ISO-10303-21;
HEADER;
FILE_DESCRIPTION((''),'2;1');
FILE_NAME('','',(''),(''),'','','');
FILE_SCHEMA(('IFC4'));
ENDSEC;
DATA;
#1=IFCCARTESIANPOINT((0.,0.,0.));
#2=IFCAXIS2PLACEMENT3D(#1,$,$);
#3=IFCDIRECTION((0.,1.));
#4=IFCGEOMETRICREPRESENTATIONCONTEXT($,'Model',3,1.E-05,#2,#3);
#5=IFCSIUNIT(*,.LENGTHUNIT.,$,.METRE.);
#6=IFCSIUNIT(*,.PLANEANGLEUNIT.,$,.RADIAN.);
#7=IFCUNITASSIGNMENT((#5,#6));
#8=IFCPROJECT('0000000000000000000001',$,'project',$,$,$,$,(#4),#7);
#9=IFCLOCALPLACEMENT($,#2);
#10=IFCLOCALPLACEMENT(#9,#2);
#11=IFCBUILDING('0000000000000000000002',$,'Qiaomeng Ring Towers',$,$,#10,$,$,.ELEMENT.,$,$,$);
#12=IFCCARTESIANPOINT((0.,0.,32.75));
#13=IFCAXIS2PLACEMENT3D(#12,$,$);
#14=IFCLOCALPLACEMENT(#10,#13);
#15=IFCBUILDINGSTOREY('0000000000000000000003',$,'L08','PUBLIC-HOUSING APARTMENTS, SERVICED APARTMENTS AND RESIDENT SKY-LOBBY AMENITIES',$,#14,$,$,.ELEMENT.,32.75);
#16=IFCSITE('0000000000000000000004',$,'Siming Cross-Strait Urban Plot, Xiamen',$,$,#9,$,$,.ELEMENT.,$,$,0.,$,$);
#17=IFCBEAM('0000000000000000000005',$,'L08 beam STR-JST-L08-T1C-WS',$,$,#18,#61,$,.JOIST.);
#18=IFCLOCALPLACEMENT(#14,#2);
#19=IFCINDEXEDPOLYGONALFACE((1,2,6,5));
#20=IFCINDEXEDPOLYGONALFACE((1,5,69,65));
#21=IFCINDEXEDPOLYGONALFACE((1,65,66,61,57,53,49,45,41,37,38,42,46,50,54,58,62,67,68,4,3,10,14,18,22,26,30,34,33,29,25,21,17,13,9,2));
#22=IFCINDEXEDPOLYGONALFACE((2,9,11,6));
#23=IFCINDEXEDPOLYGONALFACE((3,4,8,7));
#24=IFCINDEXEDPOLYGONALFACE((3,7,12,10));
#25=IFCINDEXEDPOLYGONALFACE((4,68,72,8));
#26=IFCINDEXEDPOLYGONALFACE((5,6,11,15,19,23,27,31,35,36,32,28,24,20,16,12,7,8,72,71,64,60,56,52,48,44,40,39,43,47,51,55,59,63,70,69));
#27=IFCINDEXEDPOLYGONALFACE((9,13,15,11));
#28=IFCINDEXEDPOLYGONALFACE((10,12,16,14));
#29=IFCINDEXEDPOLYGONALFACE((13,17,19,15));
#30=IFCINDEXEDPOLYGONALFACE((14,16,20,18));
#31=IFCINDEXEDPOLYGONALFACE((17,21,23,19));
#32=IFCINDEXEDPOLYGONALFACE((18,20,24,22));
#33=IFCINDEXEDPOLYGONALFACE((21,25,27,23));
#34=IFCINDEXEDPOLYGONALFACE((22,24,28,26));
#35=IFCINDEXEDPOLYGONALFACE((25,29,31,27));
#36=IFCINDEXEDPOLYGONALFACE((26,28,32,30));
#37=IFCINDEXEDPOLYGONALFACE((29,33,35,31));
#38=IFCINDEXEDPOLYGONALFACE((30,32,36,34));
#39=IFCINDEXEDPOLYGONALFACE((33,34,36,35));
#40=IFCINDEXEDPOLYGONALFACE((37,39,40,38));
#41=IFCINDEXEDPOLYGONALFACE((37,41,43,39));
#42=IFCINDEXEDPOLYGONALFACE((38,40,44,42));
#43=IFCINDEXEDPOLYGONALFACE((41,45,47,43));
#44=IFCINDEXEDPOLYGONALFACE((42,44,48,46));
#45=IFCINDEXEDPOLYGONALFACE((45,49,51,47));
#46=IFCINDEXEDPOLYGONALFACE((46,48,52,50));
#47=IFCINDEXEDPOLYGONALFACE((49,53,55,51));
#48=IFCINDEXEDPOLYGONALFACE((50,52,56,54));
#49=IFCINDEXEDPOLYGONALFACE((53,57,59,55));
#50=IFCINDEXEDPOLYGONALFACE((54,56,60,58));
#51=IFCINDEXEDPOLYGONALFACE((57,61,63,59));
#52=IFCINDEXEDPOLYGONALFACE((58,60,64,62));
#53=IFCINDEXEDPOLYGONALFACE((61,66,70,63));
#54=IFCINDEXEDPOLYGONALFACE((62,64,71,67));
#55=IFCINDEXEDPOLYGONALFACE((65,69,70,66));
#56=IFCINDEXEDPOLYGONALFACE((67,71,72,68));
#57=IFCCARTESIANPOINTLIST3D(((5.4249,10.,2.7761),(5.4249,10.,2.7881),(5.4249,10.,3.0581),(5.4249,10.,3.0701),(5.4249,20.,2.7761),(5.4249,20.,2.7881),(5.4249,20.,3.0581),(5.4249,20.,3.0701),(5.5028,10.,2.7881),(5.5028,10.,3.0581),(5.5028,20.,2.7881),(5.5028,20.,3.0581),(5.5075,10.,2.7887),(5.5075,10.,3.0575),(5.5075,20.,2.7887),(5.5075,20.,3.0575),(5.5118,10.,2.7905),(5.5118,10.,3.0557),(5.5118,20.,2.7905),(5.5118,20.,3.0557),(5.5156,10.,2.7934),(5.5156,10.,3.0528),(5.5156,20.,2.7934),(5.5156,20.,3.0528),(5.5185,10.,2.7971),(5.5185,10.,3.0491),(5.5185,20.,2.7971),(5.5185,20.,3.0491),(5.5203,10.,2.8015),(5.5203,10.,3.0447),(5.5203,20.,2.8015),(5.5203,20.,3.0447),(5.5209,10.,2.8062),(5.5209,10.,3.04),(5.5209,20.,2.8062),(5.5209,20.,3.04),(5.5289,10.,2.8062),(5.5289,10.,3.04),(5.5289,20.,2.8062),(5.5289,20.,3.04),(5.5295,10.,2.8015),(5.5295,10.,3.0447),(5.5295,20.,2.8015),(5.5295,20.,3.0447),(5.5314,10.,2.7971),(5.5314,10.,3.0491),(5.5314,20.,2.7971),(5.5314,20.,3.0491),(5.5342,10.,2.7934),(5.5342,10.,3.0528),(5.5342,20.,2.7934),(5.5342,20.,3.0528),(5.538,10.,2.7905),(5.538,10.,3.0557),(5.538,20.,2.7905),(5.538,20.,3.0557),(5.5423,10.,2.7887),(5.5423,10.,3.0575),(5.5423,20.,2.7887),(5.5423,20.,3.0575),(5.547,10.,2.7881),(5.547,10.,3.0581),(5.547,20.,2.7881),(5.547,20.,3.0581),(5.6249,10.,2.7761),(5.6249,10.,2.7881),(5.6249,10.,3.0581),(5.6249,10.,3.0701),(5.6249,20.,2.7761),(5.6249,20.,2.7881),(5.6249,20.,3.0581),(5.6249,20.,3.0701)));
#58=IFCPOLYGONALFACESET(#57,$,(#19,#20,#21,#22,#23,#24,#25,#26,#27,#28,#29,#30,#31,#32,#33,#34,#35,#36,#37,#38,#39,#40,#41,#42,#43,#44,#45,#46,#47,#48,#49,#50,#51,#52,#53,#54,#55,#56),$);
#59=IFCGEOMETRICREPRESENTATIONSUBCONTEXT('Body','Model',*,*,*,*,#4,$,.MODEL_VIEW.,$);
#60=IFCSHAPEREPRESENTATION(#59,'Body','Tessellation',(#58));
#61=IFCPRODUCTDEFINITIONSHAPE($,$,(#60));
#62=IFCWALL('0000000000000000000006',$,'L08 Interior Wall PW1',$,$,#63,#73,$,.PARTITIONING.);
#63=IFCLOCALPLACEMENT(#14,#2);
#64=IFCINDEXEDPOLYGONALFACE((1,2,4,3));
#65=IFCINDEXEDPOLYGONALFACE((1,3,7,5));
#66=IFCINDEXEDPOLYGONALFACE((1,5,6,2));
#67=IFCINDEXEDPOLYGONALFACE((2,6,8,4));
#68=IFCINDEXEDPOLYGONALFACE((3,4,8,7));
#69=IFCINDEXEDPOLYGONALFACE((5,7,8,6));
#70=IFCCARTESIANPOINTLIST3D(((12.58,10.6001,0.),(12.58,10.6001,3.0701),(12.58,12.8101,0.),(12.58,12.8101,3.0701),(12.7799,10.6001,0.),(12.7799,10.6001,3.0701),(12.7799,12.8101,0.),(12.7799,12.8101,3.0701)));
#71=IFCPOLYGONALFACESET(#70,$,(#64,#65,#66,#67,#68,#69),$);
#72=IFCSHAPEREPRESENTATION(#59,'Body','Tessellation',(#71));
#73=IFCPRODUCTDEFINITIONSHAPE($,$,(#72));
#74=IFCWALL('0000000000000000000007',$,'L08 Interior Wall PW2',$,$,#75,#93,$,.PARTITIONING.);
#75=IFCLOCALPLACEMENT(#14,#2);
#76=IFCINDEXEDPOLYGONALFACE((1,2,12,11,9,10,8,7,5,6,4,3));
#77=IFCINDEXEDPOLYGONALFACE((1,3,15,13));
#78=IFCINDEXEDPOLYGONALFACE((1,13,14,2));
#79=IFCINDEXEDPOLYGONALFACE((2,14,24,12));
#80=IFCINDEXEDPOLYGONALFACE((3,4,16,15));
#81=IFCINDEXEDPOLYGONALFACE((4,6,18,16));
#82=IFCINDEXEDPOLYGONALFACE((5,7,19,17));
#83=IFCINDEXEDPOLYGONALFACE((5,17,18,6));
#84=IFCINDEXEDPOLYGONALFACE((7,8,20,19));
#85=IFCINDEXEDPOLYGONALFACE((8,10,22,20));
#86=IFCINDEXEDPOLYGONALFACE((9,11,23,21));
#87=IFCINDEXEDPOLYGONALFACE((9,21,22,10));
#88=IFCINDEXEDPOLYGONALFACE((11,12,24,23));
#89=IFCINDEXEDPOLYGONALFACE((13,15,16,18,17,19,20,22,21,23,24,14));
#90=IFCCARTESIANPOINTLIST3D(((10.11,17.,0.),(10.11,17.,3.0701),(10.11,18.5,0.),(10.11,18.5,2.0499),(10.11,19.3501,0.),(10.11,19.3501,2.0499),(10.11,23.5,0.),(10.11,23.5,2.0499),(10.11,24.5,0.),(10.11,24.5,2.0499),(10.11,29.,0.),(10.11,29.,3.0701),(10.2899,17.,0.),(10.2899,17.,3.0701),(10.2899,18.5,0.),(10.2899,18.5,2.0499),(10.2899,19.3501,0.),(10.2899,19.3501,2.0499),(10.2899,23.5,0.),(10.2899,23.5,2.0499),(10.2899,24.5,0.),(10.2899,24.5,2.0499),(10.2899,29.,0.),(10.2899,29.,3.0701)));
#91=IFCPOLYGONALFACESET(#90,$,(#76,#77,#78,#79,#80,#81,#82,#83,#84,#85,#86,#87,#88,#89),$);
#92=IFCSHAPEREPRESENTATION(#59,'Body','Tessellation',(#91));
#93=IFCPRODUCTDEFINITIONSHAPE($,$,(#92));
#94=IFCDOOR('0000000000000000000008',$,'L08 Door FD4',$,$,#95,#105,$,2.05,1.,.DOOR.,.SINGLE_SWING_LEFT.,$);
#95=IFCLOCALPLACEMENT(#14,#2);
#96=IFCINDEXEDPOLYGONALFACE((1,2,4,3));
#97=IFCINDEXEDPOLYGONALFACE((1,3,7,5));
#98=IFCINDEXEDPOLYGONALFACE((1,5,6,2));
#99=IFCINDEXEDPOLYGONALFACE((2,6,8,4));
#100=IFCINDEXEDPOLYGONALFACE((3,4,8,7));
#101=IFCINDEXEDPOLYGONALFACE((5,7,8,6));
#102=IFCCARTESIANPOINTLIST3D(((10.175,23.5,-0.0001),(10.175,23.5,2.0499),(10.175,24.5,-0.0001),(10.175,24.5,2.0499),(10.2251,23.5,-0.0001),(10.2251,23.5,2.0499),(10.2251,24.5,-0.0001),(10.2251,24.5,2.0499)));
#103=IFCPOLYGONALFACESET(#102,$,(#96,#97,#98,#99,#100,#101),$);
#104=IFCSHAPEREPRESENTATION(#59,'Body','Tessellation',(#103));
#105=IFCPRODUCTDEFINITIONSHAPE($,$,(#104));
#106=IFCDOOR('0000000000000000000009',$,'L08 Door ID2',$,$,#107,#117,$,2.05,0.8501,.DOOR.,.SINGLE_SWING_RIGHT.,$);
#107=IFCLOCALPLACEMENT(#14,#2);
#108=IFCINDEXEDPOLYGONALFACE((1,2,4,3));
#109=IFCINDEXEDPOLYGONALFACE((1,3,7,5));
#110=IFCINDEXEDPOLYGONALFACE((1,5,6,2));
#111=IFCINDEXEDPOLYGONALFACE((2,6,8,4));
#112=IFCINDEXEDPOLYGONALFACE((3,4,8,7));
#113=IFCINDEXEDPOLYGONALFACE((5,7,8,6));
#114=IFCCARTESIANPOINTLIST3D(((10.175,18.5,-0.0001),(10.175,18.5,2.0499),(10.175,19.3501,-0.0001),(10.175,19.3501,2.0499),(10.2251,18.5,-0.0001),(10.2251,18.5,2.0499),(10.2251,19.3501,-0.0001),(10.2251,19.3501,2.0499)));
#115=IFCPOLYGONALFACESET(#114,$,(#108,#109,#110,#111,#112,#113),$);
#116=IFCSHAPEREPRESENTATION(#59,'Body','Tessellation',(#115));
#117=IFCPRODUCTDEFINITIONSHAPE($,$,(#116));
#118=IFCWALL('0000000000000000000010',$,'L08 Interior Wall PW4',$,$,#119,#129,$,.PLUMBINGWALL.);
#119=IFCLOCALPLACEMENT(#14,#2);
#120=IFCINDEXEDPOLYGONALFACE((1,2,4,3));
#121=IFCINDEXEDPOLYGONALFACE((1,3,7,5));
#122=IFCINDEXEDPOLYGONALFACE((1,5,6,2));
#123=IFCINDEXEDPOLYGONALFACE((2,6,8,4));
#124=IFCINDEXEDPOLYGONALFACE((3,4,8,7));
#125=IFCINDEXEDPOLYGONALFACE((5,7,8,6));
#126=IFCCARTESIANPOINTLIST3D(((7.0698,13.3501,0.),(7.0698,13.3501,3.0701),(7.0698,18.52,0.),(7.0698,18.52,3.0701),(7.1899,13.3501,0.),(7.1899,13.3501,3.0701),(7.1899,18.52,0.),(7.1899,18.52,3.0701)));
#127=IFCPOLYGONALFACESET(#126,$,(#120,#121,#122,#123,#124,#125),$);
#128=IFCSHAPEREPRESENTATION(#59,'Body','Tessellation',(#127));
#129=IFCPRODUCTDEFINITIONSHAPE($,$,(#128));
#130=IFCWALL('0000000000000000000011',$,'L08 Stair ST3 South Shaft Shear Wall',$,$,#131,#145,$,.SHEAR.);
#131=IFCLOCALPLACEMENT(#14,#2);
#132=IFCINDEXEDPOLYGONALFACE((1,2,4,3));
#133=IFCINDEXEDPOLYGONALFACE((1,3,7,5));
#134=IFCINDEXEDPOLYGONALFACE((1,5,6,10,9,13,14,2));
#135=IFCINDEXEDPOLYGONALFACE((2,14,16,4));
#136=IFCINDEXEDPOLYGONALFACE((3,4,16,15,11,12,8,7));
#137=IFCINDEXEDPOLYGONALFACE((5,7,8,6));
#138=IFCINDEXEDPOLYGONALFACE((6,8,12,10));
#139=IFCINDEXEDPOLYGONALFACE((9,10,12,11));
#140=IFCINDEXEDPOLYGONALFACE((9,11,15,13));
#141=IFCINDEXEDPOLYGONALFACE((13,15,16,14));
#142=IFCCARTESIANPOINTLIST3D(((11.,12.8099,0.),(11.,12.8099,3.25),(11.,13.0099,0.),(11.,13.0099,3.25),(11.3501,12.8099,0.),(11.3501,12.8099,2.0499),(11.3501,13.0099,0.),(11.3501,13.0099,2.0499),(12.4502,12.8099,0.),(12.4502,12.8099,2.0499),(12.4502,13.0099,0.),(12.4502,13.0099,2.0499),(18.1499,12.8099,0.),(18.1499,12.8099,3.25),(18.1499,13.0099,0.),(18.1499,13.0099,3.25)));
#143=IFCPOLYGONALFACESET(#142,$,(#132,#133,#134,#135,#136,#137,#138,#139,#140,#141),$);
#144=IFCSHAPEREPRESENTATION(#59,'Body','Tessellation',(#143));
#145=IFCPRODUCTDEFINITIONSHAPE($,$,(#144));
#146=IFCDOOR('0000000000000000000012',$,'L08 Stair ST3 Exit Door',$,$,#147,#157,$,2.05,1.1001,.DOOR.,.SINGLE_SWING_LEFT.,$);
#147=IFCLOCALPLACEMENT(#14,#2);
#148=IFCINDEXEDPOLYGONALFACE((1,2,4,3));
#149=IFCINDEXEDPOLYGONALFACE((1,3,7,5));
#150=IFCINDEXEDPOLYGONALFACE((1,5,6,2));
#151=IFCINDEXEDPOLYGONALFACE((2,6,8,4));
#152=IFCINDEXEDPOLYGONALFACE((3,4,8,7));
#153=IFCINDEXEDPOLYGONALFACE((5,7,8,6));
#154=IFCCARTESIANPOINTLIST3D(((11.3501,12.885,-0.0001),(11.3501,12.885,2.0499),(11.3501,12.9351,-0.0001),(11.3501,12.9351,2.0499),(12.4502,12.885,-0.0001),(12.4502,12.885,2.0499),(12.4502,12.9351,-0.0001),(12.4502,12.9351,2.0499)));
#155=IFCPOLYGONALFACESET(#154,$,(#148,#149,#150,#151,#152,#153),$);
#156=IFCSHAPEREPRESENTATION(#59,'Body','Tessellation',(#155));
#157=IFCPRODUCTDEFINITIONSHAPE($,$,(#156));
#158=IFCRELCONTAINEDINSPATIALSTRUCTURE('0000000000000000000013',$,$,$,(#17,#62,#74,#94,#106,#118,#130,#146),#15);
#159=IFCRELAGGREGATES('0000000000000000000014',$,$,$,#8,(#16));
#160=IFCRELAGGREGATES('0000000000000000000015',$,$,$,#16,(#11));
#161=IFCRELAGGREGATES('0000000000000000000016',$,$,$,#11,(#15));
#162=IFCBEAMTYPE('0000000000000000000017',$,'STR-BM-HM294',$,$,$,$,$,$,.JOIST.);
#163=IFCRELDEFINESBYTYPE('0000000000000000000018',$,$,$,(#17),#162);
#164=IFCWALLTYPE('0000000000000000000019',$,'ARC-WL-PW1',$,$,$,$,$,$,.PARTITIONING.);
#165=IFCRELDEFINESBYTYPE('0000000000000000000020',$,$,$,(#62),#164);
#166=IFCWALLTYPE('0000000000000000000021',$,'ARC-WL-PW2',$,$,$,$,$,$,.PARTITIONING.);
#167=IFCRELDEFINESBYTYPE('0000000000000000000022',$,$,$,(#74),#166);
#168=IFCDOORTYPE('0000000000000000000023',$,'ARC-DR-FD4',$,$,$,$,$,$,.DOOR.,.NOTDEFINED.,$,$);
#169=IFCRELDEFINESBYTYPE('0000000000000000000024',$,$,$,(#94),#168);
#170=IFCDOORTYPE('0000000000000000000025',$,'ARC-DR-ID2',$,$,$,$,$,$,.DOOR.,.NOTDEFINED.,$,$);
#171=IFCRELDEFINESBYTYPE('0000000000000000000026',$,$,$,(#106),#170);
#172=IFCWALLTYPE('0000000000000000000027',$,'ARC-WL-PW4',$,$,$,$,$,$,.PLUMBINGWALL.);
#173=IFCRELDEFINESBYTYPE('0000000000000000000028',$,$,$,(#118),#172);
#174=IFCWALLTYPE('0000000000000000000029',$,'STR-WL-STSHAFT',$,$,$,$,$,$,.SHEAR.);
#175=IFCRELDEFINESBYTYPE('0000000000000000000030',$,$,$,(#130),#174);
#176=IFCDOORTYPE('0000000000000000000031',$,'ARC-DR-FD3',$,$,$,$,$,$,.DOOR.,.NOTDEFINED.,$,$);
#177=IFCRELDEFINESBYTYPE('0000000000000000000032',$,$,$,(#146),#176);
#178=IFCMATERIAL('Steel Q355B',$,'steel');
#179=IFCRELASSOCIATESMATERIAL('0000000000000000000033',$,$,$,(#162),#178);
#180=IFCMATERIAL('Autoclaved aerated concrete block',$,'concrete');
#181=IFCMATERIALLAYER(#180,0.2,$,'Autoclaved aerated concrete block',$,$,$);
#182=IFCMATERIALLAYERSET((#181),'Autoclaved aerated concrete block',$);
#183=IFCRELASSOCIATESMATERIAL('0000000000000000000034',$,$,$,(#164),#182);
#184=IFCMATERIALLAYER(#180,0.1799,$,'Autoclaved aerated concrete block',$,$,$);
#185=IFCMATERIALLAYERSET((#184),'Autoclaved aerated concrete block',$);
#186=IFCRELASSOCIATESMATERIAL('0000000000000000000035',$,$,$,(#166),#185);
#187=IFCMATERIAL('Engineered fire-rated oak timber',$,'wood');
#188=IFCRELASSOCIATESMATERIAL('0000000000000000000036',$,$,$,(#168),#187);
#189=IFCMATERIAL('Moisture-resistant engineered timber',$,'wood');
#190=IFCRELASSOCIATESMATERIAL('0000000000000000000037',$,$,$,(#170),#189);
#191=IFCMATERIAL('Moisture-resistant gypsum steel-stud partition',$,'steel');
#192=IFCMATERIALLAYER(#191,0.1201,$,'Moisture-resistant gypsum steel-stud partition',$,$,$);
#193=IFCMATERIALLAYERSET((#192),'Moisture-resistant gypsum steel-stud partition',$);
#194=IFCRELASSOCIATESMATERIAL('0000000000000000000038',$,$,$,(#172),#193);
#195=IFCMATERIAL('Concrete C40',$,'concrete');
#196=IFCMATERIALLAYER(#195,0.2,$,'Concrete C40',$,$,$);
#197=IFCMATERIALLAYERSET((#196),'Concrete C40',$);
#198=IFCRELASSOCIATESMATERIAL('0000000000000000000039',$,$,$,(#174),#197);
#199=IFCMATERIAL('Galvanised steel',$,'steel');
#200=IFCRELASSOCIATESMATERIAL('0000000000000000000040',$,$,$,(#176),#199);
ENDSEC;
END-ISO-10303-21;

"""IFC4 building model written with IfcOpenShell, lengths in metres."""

from ifc_helpers import new_model, si_unit, direction, frame, frame_2d, origin, origin_2d, place, context, subcontext, project, spatial, rectangle, i_section, extrude, source, transform, mapped, material, layer, layer_set, material_profile, profile_set, type_object, element, fill, save


model = new_model("IFC4")

# Units and contexts
model_context = context("Model", 3, precision=1e-05, world=origin(), true_north=direction((0.0, 1.0)))
body_context = subcontext(model_context, "Body", "Model", "MODEL_VIEW")
ifc_project = project(units=[si_unit("LENGTHUNIT", "METRE"), si_unit("PLANEANGLEUNIT", "RADIAN")], contexts=[model_context])

# Site, building, storey
site_placement = place(None, origin())
site = spatial("IfcSite", under=ifc_project, at=site_placement, Name="Siming Cross-Strait Urban Plot, Xiamen", CompositionType="ELEMENT", RefElevation=0.0)
building_placement = place(site_placement, origin())
building = spatial("IfcBuilding", under=site, at=building_placement, Name="Qiaomeng Ring Towers", CompositionType="ELEMENT")
storey_placement = place(building_placement, frame((0.0, 0.0, 32.75)))
storey = spatial("IfcBuildingStorey", under=building, at=storey_placement, Name="L08", Description="PUBLIC-HOUSING APARTMENTS, SERVICED APARTMENTS AND RESIDENT SKY-LOBBY AMENITIES", CompositionType="ELEMENT", Elevation=32.75)

# Beam
ifc_material_1 = material(Name="Steel Q355B", Category="steel")
ifc_material_profile = material_profile(ifc_material_1, i_section(OverallWidth=0.2, OverallDepth=0.2939, WebThickness=0.0081, FlangeThickness=0.012, FilletRadius=0.0181, at=origin_2d()), Name="HM 294x200x8x12")
ifc_profile_set = profile_set([ifc_material_profile], Name="Steel Q355B")
beam_type = type_object("IfcBeamType", Name="STR-BM-HM294", PredefinedType="JOIST", material=ifc_profile_set)
shared_shape_1 = source(origin(), body_context, "Body", "SweptSolid", [
    extrude(i_section(OverallWidth=0.2, OverallDepth=0.2939, WebThickness=0.0081, FlangeThickness=0.012, FilletRadius=0.0181, at=origin_2d()), origin(), (0.0, 0.0, 1.0), 10.0),
])
beam_placement = place(storey_placement, frame((5.5249, 10.0, 2.9231), z_axis=(0.0, 1.0, 0.0), x_axis=(-1.0, 0.0, 0.0)))
element("IfcBeam", 1, at=beam_placement, inside=storey, type_object=beam_type, Name="L08 beam STR-JST-L08-T1C-WS", PredefinedType="JOIST", context=body_context, shape_type="MappedRepresentation", body=[
    mapped(shared_shape_1, transform((0.0, 0.0, 0.0), x_axis=(1.0, 0.0, 0.0), y_axis=(0.0, 1.0, 0.0), z_axis=(0.0, 0.0, 1.0), scale=1.0)),
])

# Wall
ifc_material_2 = material(Name="Autoclaved aerated concrete block", Category="concrete")
ifc_layer_1 = layer(ifc_material_2, 0.2, Name="Autoclaved aerated concrete block")
ifc_layer_set_1 = layer_set([ifc_layer_1], Name="Autoclaved aerated concrete block")
wall_type_1 = type_object("IfcWallType", Name="ARC-WL-PW1", PredefinedType="PARTITIONING", material=ifc_layer_set_1)
wall_1_placement = place(storey_placement, frame((12.6799, 10.6001, 0.0), z_axis=(0.0, 0.0, 1.0), x_axis=(0.0, 1.0, 0.0)))
element("IfcWall", 2, at=wall_1_placement, inside=storey, type_object=wall_type_1, Name="L08 Interior Wall PW1", PredefinedType="PARTITIONING", context=body_context, shape_type="SweptSolid", body=[
    extrude(rectangle(XDim=2.21, YDim=0.2, at=frame_2d((1.105, 0.0))), origin(), (0.0, 0.0, 1.0), 3.0701),
])

# Wall, openings, doors
ifc_layer_2 = layer(ifc_material_2, 0.1799, Name="Autoclaved aerated concrete block")
ifc_layer_set_2 = layer_set([ifc_layer_2], Name="Autoclaved aerated concrete block")
wall_type_2 = type_object("IfcWallType", Name="ARC-WL-PW2", PredefinedType="PARTITIONING", material=ifc_layer_set_2)
wall_2_placement = place(storey_placement, frame((10.2, 17.0, 0.0), z_axis=(0.0, 0.0, 1.0), x_axis=(0.0, 1.0, 0.0)))
wall_2 = element("IfcWall", 3, at=wall_2_placement, inside=storey, type_object=wall_type_2, Name="L08 Interior Wall PW2", PredefinedType="PARTITIONING", context=body_context, shape_type="SweptSolid", body=[
    extrude(rectangle(XDim=12.0, YDim=0.1799, at=frame_2d((6.0, 0.0))), origin(), (0.0, 0.0, 1.0), 3.0701),
])
opening_1_placement = place(wall_2_placement, frame((1.5, 0.0, 0.0)))
opening_1 = element("IfcOpeningElement", 4, at=opening_1_placement, cuts=wall_2, PredefinedType="OPENING", context=body_context, shape_type="SweptSolid", body=[
    extrude(rectangle(XDim=0.8501, YDim=2.05, at=frame_2d((0.425, 1.0249))), frame((0.0, 0.0999, 0.0), z_axis=(0.0, -1.0, 0.0), x_axis=(1.0, 0.0, 0.0)), (0.0, 0.0, 1.0), 0.2),
])
opening_2_placement = place(wall_2_placement, frame((6.5, 0.0, 0.0)))
opening_2 = element("IfcOpeningElement", 5, at=opening_2_placement, cuts=wall_2, PredefinedType="OPENING", context=body_context, shape_type="SweptSolid", body=[
    extrude(rectangle(XDim=1.0, YDim=2.05, at=frame_2d((0.5, 1.0249))), frame((0.0, 0.0999, 0.0), z_axis=(0.0, -1.0, 0.0), x_axis=(1.0, 0.0, 0.0)), (0.0, 0.0, 1.0), 0.2),
])
ifc_material_3 = material(Name="Engineered fire-rated oak timber", Category="wood")
door_type_1 = type_object("IfcDoorType", Name="ARC-DR-FD4", OperationType="NOTDEFINED", PredefinedType="DOOR", material=ifc_material_3)
shared_shape_2 = source(origin(), body_context, "Body", "SweptSolid", [
    extrude(rectangle(XDim=1.0, YDim=2.05, at=frame_2d((0.5, 1.0249))), frame((0.0, 0.0249, 0.0), z_axis=(0.0, -1.0, 0.0), x_axis=(1.0, 0.0, 0.0)), (0.0, 0.0, 1.0), 0.05),
])
door_1_placement = place(opening_2_placement, origin())
door_1 = element("IfcDoor", 6, at=door_1_placement, inside=storey, type_object=door_type_1, Name="L08 Door FD4", OperationType="SINGLE_SWING_LEFT", OverallHeight=2.05, OverallWidth=1.0, PredefinedType="DOOR", context=body_context, shape_type="MappedRepresentation", body=[
    mapped(shared_shape_2, transform((0.0, 0.0, 0.0), x_axis=(1.0, 0.0, 0.0), y_axis=(0.0, 1.0, 0.0), z_axis=(0.0, 0.0, 1.0), scale=1.0)),
])
fill(opening_2, door_1)
ifc_material_4 = material(Name="Moisture-resistant engineered timber", Category="wood")
door_type_2 = type_object("IfcDoorType", Name="ARC-DR-ID2", OperationType="NOTDEFINED", PredefinedType="DOOR", material=ifc_material_4)
shared_shape_3 = source(origin(), body_context, "Body", "SweptSolid", [
    extrude(rectangle(XDim=0.8501, YDim=2.05, at=frame_2d((0.425, 1.0249))), frame((0.0, 0.0249, 0.0), z_axis=(0.0, -1.0, 0.0), x_axis=(1.0, 0.0, 0.0)), (0.0, 0.0, 1.0), 0.05),
])
door_2_placement = place(opening_1_placement, origin())
door_2 = element("IfcDoor", 7, at=door_2_placement, inside=storey, type_object=door_type_2, Name="L08 Door ID2", OperationType="SINGLE_SWING_RIGHT", OverallHeight=2.05, OverallWidth=0.8501, PredefinedType="DOOR", context=body_context, shape_type="MappedRepresentation", body=[
    mapped(shared_shape_3, transform((0.0, 0.0, 0.0), x_axis=(1.0, 0.0, 0.0), y_axis=(0.0, 1.0, 0.0), z_axis=(0.0, 0.0, 1.0), scale=1.0)),
])
fill(opening_1, door_2)

# Wall
ifc_material_5 = material(Name="Moisture-resistant gypsum steel-stud partition", Category="steel")
ifc_layer_3 = layer(ifc_material_5, 0.1201, Name="Moisture-resistant gypsum steel-stud partition")
ifc_layer_set_3 = layer_set([ifc_layer_3], Name="Moisture-resistant gypsum steel-stud partition")
wall_type_3 = type_object("IfcWallType", Name="ARC-WL-PW4", PredefinedType="PLUMBINGWALL", material=ifc_layer_set_3)
wall_3_placement = place(storey_placement, frame((7.1299, 13.3501, 0.0), z_axis=(0.0, 0.0, 1.0), x_axis=(0.0, 1.0, 0.0)))
element("IfcWall", 8, at=wall_3_placement, inside=storey, type_object=wall_type_3, Name="L08 Interior Wall PW4", PredefinedType="PLUMBINGWALL", context=body_context, shape_type="SweptSolid", body=[
    extrude(rectangle(XDim=5.1699, YDim=0.1201, at=frame_2d((2.585, 0.0))), origin(), (0.0, 0.0, 1.0), 3.0701),
])

# Wall, opening, door
ifc_material_6 = material(Name="Concrete C40", Category="concrete")
ifc_layer_4 = layer(ifc_material_6, 0.2, Name="Concrete C40")
ifc_layer_set_4 = layer_set([ifc_layer_4], Name="Concrete C40")
wall_type_4 = type_object("IfcWallType", Name="STR-WL-STSHAFT", PredefinedType="SHEAR", material=ifc_layer_set_4)
wall_4_placement = place(storey_placement, frame((11.0, 12.9099, 0.0), z_axis=(0.0, 0.0, 1.0), x_axis=(1.0, 0.0, 0.0)))
wall_4 = element("IfcWall", 9, at=wall_4_placement, inside=storey, type_object=wall_type_4, Name="L08 Stair ST3 South Shaft Shear Wall", PredefinedType="SHEAR", context=body_context, shape_type="SweptSolid", body=[
    extrude(rectangle(XDim=7.1499, YDim=0.2, at=frame_2d((3.575, 0.0))), origin(), (0.0, 0.0, 1.0), 3.25),
])
opening_3_placement = place(wall_4_placement, frame((0.3501, 0.0, 0.0)))
opening_3 = element("IfcOpeningElement", 10, at=opening_3_placement, cuts=wall_4, PredefinedType="OPENING", context=body_context, shape_type="SweptSolid", body=[
    extrude(rectangle(XDim=1.1001, YDim=2.05, at=frame_2d((0.55, 1.0249))), frame((0.0, 0.1099, 0.0), z_axis=(0.0, -1.0, 0.0), x_axis=(1.0, 0.0, 0.0)), (0.0, 0.0, 1.0), 0.22),
])
ifc_material_7 = material(Name="Galvanised steel", Category="steel")
door_type_3 = type_object("IfcDoorType", Name="ARC-DR-FD3", OperationType="NOTDEFINED", PredefinedType="DOOR", material=ifc_material_7)
shared_shape_4 = source(origin(), body_context, "Body", "SweptSolid", [
    extrude(rectangle(XDim=1.1001, YDim=2.05, at=frame_2d((0.55, 1.0249))), frame((0.0, 0.0249, 0.0), z_axis=(0.0, -1.0, 0.0), x_axis=(1.0, 0.0, 0.0)), (0.0, 0.0, 1.0), 0.05),
])
door_3_placement = place(opening_3_placement, frame((1.1001, 0.0, 0.0), z_axis=(0.0, 0.0, 1.0), x_axis=(-1.0, 0.0, 0.0)))
door_3 = element("IfcDoor", 11, at=door_3_placement, inside=storey, type_object=door_type_3, Name="L08 Stair ST3 Exit Door", OperationType="SINGLE_SWING_LEFT", OverallHeight=2.05, OverallWidth=1.1001, PredefinedType="DOOR", context=body_context, shape_type="MappedRepresentation", body=[
    mapped(shared_shape_4, transform((0.0, 0.0, 0.0), x_axis=(1.0, 0.0, 0.0), y_axis=(0.0, 1.0, 0.0), z_axis=(0.0, 0.0, 1.0), scale=1.0)),
])
fill(opening_3, door_3)

save(model, "model.ifc")
